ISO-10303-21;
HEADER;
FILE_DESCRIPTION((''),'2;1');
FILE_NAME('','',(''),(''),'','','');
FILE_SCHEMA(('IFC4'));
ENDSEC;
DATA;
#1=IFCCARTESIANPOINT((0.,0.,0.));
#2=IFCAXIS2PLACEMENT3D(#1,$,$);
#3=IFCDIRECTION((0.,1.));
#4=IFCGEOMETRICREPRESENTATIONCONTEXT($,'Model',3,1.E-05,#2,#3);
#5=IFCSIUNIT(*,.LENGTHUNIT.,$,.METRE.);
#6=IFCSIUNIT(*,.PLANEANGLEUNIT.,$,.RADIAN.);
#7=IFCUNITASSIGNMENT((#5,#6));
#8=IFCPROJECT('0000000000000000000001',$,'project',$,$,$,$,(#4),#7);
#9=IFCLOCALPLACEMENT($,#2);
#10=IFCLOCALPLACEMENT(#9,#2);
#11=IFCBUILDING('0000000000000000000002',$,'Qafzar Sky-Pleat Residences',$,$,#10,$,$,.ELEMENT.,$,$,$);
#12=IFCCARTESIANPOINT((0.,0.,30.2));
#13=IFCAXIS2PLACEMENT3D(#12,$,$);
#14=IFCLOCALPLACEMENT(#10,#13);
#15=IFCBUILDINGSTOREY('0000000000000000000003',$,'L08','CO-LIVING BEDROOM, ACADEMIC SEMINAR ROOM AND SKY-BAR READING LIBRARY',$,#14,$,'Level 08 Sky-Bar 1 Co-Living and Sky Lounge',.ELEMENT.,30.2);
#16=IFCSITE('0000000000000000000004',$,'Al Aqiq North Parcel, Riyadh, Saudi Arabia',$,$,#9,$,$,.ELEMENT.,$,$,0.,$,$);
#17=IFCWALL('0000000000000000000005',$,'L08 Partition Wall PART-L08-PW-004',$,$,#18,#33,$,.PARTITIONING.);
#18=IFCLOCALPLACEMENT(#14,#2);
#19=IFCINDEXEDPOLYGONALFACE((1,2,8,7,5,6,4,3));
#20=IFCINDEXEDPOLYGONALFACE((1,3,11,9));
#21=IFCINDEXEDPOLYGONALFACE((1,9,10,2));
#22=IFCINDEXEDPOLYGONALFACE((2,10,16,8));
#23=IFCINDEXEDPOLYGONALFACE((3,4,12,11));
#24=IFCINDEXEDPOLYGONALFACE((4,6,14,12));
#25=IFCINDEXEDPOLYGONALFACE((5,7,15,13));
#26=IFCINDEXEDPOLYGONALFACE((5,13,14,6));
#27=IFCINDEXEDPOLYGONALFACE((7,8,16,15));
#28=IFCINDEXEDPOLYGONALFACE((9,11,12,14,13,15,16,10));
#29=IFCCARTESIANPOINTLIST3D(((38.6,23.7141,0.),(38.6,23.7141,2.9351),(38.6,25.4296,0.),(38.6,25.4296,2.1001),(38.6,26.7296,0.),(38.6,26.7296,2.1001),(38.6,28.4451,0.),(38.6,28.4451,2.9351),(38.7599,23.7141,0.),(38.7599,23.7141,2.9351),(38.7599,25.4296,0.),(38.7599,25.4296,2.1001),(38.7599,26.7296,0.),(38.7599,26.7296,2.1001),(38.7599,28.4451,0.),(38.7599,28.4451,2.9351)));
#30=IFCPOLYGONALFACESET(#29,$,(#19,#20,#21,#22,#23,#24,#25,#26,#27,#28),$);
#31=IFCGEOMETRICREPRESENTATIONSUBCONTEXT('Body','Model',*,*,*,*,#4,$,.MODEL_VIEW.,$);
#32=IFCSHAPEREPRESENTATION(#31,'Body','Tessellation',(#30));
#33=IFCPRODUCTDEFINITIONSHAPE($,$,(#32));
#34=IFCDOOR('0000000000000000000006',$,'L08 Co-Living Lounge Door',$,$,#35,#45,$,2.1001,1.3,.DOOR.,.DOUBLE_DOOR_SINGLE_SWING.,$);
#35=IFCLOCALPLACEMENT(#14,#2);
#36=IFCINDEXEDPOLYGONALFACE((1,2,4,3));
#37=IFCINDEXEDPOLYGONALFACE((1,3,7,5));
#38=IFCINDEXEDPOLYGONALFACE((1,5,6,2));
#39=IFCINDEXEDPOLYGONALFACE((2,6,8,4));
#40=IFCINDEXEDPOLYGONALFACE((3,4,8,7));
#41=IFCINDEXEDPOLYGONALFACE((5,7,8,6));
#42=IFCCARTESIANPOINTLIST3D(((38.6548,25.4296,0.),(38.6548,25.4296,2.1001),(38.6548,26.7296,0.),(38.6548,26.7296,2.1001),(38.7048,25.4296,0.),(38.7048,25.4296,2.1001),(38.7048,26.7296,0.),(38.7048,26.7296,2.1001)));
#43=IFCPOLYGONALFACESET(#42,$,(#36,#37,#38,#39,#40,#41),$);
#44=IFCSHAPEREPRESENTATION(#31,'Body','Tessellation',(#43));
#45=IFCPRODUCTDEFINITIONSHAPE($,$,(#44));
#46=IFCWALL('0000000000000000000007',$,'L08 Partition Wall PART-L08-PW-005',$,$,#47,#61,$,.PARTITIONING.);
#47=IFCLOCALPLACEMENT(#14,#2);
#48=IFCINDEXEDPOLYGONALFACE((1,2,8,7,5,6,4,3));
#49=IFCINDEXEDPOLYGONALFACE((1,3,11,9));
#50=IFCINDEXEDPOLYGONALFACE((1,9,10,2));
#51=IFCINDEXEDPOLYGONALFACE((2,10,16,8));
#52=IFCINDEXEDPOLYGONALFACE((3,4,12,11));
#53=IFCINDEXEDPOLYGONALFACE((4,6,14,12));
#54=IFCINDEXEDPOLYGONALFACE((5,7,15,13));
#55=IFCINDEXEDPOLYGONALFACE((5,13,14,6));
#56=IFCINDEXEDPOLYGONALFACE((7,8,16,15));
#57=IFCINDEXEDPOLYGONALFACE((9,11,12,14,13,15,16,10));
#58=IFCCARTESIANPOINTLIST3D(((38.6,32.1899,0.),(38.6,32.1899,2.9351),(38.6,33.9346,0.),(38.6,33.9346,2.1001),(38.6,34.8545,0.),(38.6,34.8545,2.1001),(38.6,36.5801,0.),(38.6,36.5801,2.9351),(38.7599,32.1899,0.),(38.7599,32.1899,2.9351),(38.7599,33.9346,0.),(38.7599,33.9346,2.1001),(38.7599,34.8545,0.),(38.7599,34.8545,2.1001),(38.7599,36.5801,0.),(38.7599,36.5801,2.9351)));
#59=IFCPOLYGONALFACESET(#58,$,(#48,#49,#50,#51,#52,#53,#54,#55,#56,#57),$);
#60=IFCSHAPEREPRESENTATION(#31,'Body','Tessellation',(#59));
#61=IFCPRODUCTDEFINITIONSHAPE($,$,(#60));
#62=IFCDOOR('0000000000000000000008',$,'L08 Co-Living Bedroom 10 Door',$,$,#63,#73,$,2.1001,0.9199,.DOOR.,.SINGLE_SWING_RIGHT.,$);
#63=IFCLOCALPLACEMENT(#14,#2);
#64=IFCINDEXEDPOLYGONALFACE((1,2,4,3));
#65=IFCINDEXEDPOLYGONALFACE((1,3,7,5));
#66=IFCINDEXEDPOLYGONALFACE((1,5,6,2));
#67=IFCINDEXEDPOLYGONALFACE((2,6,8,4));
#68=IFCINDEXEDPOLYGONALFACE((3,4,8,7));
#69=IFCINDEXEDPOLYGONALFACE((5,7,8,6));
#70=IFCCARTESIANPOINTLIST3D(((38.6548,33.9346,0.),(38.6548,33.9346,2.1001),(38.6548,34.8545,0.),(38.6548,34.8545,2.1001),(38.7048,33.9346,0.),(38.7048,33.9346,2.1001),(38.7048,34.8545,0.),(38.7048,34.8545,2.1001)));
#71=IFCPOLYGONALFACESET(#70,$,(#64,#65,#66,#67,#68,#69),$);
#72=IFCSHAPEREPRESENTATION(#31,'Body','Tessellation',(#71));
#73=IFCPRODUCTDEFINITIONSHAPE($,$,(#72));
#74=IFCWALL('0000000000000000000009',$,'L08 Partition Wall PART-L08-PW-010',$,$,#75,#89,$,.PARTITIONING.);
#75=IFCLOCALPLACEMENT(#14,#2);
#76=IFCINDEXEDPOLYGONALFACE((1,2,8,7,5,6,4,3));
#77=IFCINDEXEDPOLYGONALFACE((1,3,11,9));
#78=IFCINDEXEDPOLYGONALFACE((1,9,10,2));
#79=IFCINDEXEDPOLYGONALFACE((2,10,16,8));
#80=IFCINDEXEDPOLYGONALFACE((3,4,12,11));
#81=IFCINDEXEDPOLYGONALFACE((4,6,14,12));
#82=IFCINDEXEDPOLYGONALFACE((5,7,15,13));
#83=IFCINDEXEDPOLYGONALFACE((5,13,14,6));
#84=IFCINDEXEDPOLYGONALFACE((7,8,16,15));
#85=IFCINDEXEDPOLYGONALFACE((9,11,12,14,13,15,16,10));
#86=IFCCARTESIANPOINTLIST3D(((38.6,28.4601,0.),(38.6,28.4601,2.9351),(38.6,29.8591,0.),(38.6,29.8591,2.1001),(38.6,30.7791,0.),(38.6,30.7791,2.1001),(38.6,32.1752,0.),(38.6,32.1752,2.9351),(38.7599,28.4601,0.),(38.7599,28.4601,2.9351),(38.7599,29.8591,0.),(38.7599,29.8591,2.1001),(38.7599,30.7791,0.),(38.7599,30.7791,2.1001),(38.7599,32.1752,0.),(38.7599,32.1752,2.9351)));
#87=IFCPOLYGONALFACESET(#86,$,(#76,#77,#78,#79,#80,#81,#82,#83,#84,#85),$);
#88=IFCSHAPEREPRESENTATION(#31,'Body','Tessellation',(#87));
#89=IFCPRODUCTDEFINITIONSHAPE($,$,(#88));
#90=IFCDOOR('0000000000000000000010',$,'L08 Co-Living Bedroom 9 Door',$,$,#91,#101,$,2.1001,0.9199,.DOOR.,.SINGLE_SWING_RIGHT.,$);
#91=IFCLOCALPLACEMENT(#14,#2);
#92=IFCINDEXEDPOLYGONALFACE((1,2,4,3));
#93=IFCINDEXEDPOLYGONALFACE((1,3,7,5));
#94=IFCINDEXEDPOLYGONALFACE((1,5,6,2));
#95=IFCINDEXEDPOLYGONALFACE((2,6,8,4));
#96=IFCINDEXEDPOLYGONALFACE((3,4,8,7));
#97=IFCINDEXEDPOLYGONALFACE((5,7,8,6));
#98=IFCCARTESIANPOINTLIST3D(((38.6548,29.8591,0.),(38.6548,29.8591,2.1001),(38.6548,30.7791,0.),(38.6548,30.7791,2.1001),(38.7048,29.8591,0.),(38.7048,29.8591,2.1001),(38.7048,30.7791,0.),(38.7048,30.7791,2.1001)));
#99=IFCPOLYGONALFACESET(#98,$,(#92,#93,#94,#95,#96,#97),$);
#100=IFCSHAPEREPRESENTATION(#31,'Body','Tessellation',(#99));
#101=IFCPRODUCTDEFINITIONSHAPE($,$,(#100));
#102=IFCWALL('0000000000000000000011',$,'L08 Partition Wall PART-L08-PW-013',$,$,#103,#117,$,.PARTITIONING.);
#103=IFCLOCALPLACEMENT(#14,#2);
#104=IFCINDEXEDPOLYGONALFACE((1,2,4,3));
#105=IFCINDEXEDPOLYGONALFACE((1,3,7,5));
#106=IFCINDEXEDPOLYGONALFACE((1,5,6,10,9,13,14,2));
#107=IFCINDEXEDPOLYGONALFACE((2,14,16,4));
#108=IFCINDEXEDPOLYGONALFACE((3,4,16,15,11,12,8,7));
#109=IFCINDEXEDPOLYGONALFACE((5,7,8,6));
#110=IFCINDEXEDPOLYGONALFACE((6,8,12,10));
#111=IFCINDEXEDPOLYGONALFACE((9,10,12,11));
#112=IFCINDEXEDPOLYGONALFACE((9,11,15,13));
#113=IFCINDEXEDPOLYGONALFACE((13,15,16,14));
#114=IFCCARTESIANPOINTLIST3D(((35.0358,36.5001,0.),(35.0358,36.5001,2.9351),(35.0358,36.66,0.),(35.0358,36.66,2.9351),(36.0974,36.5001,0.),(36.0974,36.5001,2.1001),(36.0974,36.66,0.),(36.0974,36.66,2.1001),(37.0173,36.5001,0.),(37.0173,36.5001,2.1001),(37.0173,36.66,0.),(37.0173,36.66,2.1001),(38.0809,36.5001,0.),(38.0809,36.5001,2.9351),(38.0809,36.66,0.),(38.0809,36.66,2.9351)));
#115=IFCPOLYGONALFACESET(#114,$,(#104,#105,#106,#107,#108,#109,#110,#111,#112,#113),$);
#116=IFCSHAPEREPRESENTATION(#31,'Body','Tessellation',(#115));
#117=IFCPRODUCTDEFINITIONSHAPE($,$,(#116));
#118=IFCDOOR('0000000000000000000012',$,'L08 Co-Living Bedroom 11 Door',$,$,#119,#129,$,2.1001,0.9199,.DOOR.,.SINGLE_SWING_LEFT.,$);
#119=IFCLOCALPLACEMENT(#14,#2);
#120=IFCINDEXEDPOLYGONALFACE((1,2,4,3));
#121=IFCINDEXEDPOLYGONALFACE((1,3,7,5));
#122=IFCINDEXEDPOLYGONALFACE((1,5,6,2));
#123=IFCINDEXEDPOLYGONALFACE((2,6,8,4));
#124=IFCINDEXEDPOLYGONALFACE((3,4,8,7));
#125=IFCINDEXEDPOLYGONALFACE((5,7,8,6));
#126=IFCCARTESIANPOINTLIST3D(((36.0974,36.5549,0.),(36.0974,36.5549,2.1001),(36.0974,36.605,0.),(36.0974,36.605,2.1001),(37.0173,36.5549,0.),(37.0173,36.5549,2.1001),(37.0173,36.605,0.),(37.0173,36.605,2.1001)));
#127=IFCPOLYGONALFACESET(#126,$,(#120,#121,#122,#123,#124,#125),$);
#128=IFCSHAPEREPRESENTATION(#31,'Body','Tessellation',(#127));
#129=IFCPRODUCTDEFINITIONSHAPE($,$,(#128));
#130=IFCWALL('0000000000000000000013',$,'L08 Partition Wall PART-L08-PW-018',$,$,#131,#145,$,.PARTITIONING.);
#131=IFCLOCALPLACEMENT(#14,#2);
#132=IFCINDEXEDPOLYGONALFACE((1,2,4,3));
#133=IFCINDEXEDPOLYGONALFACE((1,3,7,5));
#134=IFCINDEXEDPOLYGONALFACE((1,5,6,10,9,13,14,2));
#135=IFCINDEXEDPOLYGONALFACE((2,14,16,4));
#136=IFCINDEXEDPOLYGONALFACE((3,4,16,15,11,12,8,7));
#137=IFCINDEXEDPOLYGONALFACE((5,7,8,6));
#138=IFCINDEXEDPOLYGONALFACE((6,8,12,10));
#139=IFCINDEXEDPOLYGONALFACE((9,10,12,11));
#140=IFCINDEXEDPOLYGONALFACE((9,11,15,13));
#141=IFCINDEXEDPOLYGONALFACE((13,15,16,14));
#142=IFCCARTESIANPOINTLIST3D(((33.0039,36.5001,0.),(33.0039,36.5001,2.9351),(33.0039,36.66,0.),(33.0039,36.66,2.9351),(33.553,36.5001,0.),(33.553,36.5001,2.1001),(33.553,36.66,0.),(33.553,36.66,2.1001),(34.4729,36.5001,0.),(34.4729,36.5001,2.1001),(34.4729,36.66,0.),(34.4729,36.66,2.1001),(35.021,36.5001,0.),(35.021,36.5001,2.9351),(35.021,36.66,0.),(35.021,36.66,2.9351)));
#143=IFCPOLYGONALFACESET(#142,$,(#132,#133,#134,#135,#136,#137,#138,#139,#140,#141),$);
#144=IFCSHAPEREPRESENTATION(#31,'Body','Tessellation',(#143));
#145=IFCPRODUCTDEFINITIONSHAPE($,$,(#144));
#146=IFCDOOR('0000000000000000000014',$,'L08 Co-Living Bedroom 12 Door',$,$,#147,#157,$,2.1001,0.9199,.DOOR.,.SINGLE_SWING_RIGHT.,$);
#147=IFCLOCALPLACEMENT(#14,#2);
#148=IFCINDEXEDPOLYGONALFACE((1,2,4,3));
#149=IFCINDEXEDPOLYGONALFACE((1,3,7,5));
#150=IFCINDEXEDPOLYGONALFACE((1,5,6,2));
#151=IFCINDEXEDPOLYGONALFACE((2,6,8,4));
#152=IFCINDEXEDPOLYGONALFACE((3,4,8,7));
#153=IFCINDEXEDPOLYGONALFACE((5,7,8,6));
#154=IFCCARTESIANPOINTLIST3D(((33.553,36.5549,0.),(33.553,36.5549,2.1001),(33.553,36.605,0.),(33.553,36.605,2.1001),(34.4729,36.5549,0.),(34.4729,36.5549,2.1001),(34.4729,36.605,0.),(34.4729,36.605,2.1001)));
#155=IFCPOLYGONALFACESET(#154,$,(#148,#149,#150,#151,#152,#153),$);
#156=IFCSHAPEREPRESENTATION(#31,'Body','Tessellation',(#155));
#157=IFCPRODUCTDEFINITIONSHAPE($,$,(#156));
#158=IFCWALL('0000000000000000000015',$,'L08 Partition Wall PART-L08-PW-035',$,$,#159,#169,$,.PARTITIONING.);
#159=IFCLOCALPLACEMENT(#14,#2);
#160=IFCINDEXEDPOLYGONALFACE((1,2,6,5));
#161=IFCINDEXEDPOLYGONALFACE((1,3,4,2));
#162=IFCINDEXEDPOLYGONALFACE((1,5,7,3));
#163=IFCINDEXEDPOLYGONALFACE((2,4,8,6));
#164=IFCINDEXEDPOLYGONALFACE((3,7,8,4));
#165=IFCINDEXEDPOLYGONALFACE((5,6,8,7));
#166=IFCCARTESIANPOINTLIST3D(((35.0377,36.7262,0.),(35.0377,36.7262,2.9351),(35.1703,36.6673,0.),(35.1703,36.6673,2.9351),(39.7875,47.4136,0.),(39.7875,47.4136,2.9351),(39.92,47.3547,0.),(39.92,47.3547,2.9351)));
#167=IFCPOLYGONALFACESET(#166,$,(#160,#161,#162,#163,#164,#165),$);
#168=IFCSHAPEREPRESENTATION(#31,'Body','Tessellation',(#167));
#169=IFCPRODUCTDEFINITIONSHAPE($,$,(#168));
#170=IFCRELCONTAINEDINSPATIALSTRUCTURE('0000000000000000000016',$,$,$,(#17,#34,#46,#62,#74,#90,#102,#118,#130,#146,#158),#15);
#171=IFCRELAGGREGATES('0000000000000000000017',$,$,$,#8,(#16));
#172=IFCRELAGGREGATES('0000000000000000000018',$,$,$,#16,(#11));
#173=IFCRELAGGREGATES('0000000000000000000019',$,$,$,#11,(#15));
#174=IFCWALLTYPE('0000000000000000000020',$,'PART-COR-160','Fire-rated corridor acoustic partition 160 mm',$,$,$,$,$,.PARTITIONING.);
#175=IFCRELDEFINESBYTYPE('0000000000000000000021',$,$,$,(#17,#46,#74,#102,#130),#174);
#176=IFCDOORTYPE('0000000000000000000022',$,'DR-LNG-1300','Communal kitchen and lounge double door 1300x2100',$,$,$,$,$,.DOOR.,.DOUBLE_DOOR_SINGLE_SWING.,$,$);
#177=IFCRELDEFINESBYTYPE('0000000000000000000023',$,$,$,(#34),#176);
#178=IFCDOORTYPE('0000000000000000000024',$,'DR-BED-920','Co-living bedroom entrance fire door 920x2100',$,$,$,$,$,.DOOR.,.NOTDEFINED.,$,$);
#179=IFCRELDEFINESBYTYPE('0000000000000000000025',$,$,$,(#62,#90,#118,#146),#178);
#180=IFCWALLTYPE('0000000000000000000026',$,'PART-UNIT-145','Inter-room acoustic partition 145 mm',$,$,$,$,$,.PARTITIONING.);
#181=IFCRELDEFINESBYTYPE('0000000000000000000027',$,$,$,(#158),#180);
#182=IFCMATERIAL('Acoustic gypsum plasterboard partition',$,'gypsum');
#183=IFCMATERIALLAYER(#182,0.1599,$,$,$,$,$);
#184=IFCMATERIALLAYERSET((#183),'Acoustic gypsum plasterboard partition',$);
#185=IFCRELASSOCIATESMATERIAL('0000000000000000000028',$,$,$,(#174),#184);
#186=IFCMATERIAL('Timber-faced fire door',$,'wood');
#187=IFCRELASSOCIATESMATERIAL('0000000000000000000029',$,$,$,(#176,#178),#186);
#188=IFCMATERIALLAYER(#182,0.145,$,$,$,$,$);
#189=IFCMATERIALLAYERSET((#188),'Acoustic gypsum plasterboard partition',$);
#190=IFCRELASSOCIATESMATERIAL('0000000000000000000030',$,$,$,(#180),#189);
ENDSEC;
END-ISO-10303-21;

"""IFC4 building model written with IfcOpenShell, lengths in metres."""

from ifc_helpers import new_model, si_unit, direction, frame, frame_2d, origin, place, context, subcontext, project, spatial, rectangle, extrude, source, transform, mapped, material, layer, layer_set, type_object, element, fill, save


model = new_model("IFC4")

# Units and contexts
model_context = context("Model", 3, precision=1e-05, world=origin(), true_north=direction((0.0, 1.0)))
body_context = subcontext(model_context, "Body", "Model", "MODEL_VIEW")
ifc_project = project(units=[si_unit("LENGTHUNIT", "METRE"), si_unit("PLANEANGLEUNIT", "RADIAN")], contexts=[model_context])

# Site, building, storey
site_placement = place(None, origin())
site = spatial("IfcSite", under=ifc_project, at=site_placement, Name="Al Aqiq North Parcel, Riyadh, Saudi Arabia", CompositionType="ELEMENT", RefElevation=0.0)
building_placement = place(site_placement, origin())
building = spatial("IfcBuilding", under=site, at=building_placement, Name="Qafzar Sky-Pleat Residences", CompositionType="ELEMENT")
storey_placement = place(building_placement, frame((0.0, 0.0, 30.2)))
storey = spatial("IfcBuildingStorey", under=building, at=storey_placement, Name="L08", Description="CO-LIVING BEDROOM, ACADEMIC SEMINAR ROOM AND SKY-BAR READING LIBRARY", LongName="Level 08 Sky-Bar 1 Co-Living and Sky Lounge", CompositionType="ELEMENT", Elevation=30.2)

# Walls, openings, doors
ifc_material_1 = material(Name="Acoustic gypsum plasterboard partition", Category="gypsum")
ifc_layer_1 = layer(ifc_material_1, 0.1599)
ifc_layer_set_1 = layer_set([ifc_layer_1], Name="Acoustic gypsum plasterboard partition")
wall_type_1 = type_object("IfcWallType", Name="PART-COR-160", Description="Fire-rated corridor acoustic partition 160 mm", PredefinedType="PARTITIONING", material=ifc_layer_set_1)
wall_1_placement = place(storey_placement, frame((38.6799, 28.4451, 0.0), z_axis=(0.0, 0.0, 1.0), x_axis=(0.0, -1.0, 0.0)))
wall_1 = element("IfcWall", 1, at=wall_1_placement, inside=storey, type_object=wall_type_1, Name="L08 Partition Wall PART-L08-PW-004", PredefinedType="PARTITIONING", context=body_context, shape_type="SweptSolid", body=[
    extrude(rectangle(XDim=4.731, YDim=0.1599, at=frame_2d((2.3655, 0.0))), origin(), (0.0, 0.0, 1.0), 2.9351),
])
opening_1_placement = place(wall_1_placement, frame((1.7156, 0.0, 0.0)))
opening_1 = element("IfcOpeningElement", 2, at=opening_1_placement, cuts=wall_1, PredefinedType="OPENING", context=body_context, shape_type="SweptSolid", body=[
    extrude(rectangle(XDim=1.3, YDim=2.1001, at=frame_2d((0.6499, 1.05))), frame((0.0, 0.0898, 0.0), z_axis=(0.0, -1.0, 0.0), x_axis=(1.0, 0.0, 0.0)), (0.0, 0.0, 1.0), 0.1799),
])
ifc_material_2 = material(Name="Timber-faced fire door", Category="wood")
door_type_1 = type_object("IfcDoorType", Name="DR-LNG-1300", Description="Communal kitchen and lounge double door 1300x2100", OperationType="DOUBLE_DOOR_SINGLE_SWING", PredefinedType="DOOR", material=ifc_material_2)
shared_shape_1 = source(origin(), body_context, "Body", "SweptSolid", [
    extrude(rectangle(XDim=1.3, YDim=2.1001, at=frame_2d((0.6499, 1.05))), frame((0.0, 0.0249, 0.0), z_axis=(0.0, -1.0, 0.0), x_axis=(1.0, 0.0, 0.0)), (0.0, 0.0, 1.0), 0.05),
])
door_1_placement = place(opening_1_placement, origin())
door_1 = element("IfcDoor", 3, at=door_1_placement, inside=storey, type_object=door_type_1, Name="L08 Co-Living Lounge Door", OperationType="DOUBLE_DOOR_SINGLE_SWING", OverallHeight=2.1001, OverallWidth=1.3, PredefinedType="DOOR", context=body_context, shape_type="MappedRepresentation", body=[
    mapped(shared_shape_1, transform((0.0, 0.0, 0.0), x_axis=(1.0, 0.0, 0.0), y_axis=(0.0, 1.0, 0.0), z_axis=(0.0, 0.0, 1.0), scale=1.0)),
])
fill(opening_1, door_1)
wall_2_placement = place(storey_placement, frame((38.6799, 36.5801, 0.0), z_axis=(0.0, 0.0, 1.0), x_axis=(0.0, -1.0, 0.0)))
wall_2 = element("IfcWall", 4, at=wall_2_placement, inside=storey, type_object=wall_type_1, Name="L08 Partition Wall PART-L08-PW-005", PredefinedType="PARTITIONING", context=body_context, shape_type="SweptSolid", body=[
    extrude(rectangle(XDim=4.3901, YDim=0.1599, at=frame_2d((2.1951, 0.0))), origin(), (0.0, 0.0, 1.0), 2.9351),
])
opening_2_placement = place(wall_2_placement, frame((1.7256, 0.0, 0.0)))
opening_2 = element("IfcOpeningElement", 5, at=opening_2_placement, cuts=wall_2, PredefinedType="OPENING", context=body_context, shape_type="SweptSolid", body=[
    extrude(rectangle(XDim=0.9199, YDim=2.1001, at=frame_2d((0.46, 1.05))), frame((0.0, 0.0898, 0.0), z_axis=(0.0, -1.0, 0.0), x_axis=(1.0, 0.0, 0.0)), (0.0, 0.0, 1.0), 0.1799),
])
door_type_2 = type_object("IfcDoorType", Name="DR-BED-920", Description="Co-living bedroom entrance fire door 920x2100", OperationType="NOTDEFINED", PredefinedType="DOOR", material=ifc_material_2)
shared_shape_2 = source(origin(), body_context, "Body", "SweptSolid", [
    extrude(rectangle(XDim=0.9199, YDim=2.1001, at=frame_2d((0.46, 1.05))), frame((0.0, 0.0249, 0.0), z_axis=(0.0, -1.0, 0.0), x_axis=(1.0, 0.0, 0.0)), (0.0, 0.0, 1.0), 0.05),
])
door_2_placement = place(opening_2_placement, origin())
door_2 = element("IfcDoor", 6, at=door_2_placement, inside=storey, type_object=door_type_2, Name="L08 Co-Living Bedroom 10 Door", OperationType="SINGLE_SWING_RIGHT", OverallHeight=2.1001, OverallWidth=0.9199, PredefinedType="DOOR", context=body_context, shape_type="MappedRepresentation", body=[
    mapped(shared_shape_2, transform((0.0, 0.0, 0.0), x_axis=(1.0, 0.0, 0.0), y_axis=(0.0, 1.0, 0.0), z_axis=(0.0, 0.0, 1.0), scale=1.0)),
])
fill(opening_2, door_2)
wall_3_placement = place(storey_placement, frame((38.6799, 32.175, 0.0), z_axis=(0.0, 0.0, 1.0), x_axis=(0.0, -1.0, 0.0)))
wall_3 = element("IfcWall", 7, at=wall_3_placement, inside=storey, type_object=wall_type_1, Name="L08 Partition Wall PART-L08-PW-010", PredefinedType="PARTITIONING", context=body_context, shape_type="SweptSolid", body=[
    extrude(rectangle(XDim=3.7151, YDim=0.1599, at=frame_2d((1.8574, 0.0))), origin(), (0.0, 0.0, 1.0), 2.9351),
])
opening_3_placement = place(wall_3_placement, frame((1.396, 0.0, 0.0)))
opening_3 = element("IfcOpeningElement", 8, at=opening_3_placement, cuts=wall_3, PredefinedType="OPENING", context=body_context, shape_type="SweptSolid", body=[
    extrude(rectangle(XDim=0.9199, YDim=2.1001, at=frame_2d((0.46, 1.05))), frame((0.0, 0.0898, 0.0), z_axis=(0.0, -1.0, 0.0), x_axis=(1.0, 0.0, 0.0)), (0.0, 0.0, 1.0), 0.1799),
])
door_3_placement = place(opening_3_placement, origin())
door_3 = element("IfcDoor", 9, at=door_3_placement, inside=storey, type_object=door_type_2, Name="L08 Co-Living Bedroom 9 Door", OperationType="SINGLE_SWING_RIGHT", OverallHeight=2.1001, OverallWidth=0.9199, PredefinedType="DOOR", context=body_context, shape_type="MappedRepresentation", body=[
    mapped(shared_shape_2, transform((0.0, 0.0, 0.0), x_axis=(1.0, 0.0, 0.0), y_axis=(0.0, 1.0, 0.0), z_axis=(0.0, 0.0, 1.0), scale=1.0)),
])
fill(opening_3, door_3)
wall_4_placement = place(storey_placement, frame((35.0359, 36.5801, 0.0), z_axis=(0.0, 0.0, 1.0), x_axis=(1.0, 0.0, 0.0)))
wall_4 = element("IfcWall", 10, at=wall_4_placement, inside=storey, type_object=wall_type_1, Name="L08 Partition Wall PART-L08-PW-013", PredefinedType="PARTITIONING", context=body_context, shape_type="SweptSolid", body=[
    extrude(rectangle(XDim=3.0452, YDim=0.1599, at=frame_2d((1.5225, 0.0))), origin(), (0.0, 0.0, 1.0), 2.9351),
])
opening_4_placement = place(wall_4_placement, frame((1.0615, 0.0, 0.0)))
opening_4 = element("IfcOpeningElement", 11, at=opening_4_placement, cuts=wall_4, PredefinedType="OPENING", context=body_context, shape_type="SweptSolid", body=[
    extrude(rectangle(XDim=0.9199, YDim=2.1001, at=frame_2d((0.46, 1.05))), frame((0.0, 0.0898, 0.0), z_axis=(0.0, -1.0, 0.0), x_axis=(1.0, 0.0, 0.0)), (0.0, 0.0, 1.0), 0.1799),
])
door_4_placement = place(opening_4_placement, origin())
door_4 = element("IfcDoor", 12, at=door_4_placement, inside=storey, type_object=door_type_2, Name="L08 Co-Living Bedroom 11 Door", OperationType="SINGLE_SWING_LEFT", OverallHeight=2.1001, OverallWidth=0.9199, PredefinedType="DOOR", context=body_context, shape_type="MappedRepresentation", body=[
    mapped(shared_shape_2, transform((0.0, 0.0, 0.0), x_axis=(1.0, 0.0, 0.0), y_axis=(0.0, 1.0, 0.0), z_axis=(0.0, 0.0, 1.0), scale=1.0)),
])
fill(opening_4, door_4)
wall_5_placement = place(storey_placement, frame((33.0039, 36.5801, 0.0), z_axis=(0.0, 0.0, 1.0), x_axis=(1.0, 0.0, 0.0)))
wall_5 = element("IfcWall", 13, at=wall_5_placement, inside=storey, type_object=wall_type_1, Name="L08 Partition Wall PART-L08-PW-018", PredefinedType="PARTITIONING", context=body_context, shape_type="SweptSolid", body=[
    extrude(rectangle(XDim=2.0171, YDim=0.1599, at=frame_2d((1.0085, 0.0))), origin(), (0.0, 0.0, 1.0), 2.9351),
])
opening_5_placement = place(wall_5_placement, frame((0.5491, 0.0, 0.0)))
opening_5 = element("IfcOpeningElement", 14, at=opening_5_placement, cuts=wall_5, PredefinedType="OPENING", context=body_context, shape_type="SweptSolid", body=[
    extrude(rectangle(XDim=0.9199, YDim=2.1001, at=frame_2d((0.46, 1.05))), frame((0.0, 0.0898, 0.0), z_axis=(0.0, -1.0, 0.0), x_axis=(1.0, 0.0, 0.0)), (0.0, 0.0, 1.0), 0.1799),
])
door_5_placement = place(opening_5_placement, origin())
door_5 = element("IfcDoor", 15, at=door_5_placement, inside=storey, type_object=door_type_2, Name="L08 Co-Living Bedroom 12 Door", OperationType="SINGLE_SWING_RIGHT", OverallHeight=2.1001, OverallWidth=0.9199, PredefinedType="DOOR", context=body_context, shape_type="MappedRepresentation", body=[
    mapped(shared_shape_2, transform((0.0, 0.0, 0.0), x_axis=(1.0, 0.0, 0.0), y_axis=(0.0, 1.0, 0.0), z_axis=(0.0, 0.0, 1.0), scale=1.0)),
])
fill(opening_5, door_5)

# Wall
ifc_layer_2 = layer(ifc_material_1, 0.145)
ifc_layer_set_2 = layer_set([ifc_layer_2], Name="Acoustic gypsum plasterboard partition")
wall_type_2 = type_object("IfcWallType", Name="PART-UNIT-145", Description="Inter-room acoustic partition 145 mm", PredefinedType="PARTITIONING", material=ifc_layer_set_2)
wall_6_placement = place(storey_placement, frame((35.104, 36.6968, 0.0), z_axis=(0.0, 0.0, 1.0), x_axis=(0.406121, 0.913819, 0.0)))
element("IfcWall", 16, at=wall_6_placement, inside=storey, type_object=wall_type_2, Name="L08 Partition Wall PART-L08-PW-035", PredefinedType="PARTITIONING", context=body_context, shape_type="SweptSolid", body=[
    extrude(rectangle(XDim=11.6953, YDim=0.145, at=frame_2d((5.8477, 0.0))), origin(), (0.0, 0.0, 1.0), 2.9351),
])

save(model, "model.ifc")
